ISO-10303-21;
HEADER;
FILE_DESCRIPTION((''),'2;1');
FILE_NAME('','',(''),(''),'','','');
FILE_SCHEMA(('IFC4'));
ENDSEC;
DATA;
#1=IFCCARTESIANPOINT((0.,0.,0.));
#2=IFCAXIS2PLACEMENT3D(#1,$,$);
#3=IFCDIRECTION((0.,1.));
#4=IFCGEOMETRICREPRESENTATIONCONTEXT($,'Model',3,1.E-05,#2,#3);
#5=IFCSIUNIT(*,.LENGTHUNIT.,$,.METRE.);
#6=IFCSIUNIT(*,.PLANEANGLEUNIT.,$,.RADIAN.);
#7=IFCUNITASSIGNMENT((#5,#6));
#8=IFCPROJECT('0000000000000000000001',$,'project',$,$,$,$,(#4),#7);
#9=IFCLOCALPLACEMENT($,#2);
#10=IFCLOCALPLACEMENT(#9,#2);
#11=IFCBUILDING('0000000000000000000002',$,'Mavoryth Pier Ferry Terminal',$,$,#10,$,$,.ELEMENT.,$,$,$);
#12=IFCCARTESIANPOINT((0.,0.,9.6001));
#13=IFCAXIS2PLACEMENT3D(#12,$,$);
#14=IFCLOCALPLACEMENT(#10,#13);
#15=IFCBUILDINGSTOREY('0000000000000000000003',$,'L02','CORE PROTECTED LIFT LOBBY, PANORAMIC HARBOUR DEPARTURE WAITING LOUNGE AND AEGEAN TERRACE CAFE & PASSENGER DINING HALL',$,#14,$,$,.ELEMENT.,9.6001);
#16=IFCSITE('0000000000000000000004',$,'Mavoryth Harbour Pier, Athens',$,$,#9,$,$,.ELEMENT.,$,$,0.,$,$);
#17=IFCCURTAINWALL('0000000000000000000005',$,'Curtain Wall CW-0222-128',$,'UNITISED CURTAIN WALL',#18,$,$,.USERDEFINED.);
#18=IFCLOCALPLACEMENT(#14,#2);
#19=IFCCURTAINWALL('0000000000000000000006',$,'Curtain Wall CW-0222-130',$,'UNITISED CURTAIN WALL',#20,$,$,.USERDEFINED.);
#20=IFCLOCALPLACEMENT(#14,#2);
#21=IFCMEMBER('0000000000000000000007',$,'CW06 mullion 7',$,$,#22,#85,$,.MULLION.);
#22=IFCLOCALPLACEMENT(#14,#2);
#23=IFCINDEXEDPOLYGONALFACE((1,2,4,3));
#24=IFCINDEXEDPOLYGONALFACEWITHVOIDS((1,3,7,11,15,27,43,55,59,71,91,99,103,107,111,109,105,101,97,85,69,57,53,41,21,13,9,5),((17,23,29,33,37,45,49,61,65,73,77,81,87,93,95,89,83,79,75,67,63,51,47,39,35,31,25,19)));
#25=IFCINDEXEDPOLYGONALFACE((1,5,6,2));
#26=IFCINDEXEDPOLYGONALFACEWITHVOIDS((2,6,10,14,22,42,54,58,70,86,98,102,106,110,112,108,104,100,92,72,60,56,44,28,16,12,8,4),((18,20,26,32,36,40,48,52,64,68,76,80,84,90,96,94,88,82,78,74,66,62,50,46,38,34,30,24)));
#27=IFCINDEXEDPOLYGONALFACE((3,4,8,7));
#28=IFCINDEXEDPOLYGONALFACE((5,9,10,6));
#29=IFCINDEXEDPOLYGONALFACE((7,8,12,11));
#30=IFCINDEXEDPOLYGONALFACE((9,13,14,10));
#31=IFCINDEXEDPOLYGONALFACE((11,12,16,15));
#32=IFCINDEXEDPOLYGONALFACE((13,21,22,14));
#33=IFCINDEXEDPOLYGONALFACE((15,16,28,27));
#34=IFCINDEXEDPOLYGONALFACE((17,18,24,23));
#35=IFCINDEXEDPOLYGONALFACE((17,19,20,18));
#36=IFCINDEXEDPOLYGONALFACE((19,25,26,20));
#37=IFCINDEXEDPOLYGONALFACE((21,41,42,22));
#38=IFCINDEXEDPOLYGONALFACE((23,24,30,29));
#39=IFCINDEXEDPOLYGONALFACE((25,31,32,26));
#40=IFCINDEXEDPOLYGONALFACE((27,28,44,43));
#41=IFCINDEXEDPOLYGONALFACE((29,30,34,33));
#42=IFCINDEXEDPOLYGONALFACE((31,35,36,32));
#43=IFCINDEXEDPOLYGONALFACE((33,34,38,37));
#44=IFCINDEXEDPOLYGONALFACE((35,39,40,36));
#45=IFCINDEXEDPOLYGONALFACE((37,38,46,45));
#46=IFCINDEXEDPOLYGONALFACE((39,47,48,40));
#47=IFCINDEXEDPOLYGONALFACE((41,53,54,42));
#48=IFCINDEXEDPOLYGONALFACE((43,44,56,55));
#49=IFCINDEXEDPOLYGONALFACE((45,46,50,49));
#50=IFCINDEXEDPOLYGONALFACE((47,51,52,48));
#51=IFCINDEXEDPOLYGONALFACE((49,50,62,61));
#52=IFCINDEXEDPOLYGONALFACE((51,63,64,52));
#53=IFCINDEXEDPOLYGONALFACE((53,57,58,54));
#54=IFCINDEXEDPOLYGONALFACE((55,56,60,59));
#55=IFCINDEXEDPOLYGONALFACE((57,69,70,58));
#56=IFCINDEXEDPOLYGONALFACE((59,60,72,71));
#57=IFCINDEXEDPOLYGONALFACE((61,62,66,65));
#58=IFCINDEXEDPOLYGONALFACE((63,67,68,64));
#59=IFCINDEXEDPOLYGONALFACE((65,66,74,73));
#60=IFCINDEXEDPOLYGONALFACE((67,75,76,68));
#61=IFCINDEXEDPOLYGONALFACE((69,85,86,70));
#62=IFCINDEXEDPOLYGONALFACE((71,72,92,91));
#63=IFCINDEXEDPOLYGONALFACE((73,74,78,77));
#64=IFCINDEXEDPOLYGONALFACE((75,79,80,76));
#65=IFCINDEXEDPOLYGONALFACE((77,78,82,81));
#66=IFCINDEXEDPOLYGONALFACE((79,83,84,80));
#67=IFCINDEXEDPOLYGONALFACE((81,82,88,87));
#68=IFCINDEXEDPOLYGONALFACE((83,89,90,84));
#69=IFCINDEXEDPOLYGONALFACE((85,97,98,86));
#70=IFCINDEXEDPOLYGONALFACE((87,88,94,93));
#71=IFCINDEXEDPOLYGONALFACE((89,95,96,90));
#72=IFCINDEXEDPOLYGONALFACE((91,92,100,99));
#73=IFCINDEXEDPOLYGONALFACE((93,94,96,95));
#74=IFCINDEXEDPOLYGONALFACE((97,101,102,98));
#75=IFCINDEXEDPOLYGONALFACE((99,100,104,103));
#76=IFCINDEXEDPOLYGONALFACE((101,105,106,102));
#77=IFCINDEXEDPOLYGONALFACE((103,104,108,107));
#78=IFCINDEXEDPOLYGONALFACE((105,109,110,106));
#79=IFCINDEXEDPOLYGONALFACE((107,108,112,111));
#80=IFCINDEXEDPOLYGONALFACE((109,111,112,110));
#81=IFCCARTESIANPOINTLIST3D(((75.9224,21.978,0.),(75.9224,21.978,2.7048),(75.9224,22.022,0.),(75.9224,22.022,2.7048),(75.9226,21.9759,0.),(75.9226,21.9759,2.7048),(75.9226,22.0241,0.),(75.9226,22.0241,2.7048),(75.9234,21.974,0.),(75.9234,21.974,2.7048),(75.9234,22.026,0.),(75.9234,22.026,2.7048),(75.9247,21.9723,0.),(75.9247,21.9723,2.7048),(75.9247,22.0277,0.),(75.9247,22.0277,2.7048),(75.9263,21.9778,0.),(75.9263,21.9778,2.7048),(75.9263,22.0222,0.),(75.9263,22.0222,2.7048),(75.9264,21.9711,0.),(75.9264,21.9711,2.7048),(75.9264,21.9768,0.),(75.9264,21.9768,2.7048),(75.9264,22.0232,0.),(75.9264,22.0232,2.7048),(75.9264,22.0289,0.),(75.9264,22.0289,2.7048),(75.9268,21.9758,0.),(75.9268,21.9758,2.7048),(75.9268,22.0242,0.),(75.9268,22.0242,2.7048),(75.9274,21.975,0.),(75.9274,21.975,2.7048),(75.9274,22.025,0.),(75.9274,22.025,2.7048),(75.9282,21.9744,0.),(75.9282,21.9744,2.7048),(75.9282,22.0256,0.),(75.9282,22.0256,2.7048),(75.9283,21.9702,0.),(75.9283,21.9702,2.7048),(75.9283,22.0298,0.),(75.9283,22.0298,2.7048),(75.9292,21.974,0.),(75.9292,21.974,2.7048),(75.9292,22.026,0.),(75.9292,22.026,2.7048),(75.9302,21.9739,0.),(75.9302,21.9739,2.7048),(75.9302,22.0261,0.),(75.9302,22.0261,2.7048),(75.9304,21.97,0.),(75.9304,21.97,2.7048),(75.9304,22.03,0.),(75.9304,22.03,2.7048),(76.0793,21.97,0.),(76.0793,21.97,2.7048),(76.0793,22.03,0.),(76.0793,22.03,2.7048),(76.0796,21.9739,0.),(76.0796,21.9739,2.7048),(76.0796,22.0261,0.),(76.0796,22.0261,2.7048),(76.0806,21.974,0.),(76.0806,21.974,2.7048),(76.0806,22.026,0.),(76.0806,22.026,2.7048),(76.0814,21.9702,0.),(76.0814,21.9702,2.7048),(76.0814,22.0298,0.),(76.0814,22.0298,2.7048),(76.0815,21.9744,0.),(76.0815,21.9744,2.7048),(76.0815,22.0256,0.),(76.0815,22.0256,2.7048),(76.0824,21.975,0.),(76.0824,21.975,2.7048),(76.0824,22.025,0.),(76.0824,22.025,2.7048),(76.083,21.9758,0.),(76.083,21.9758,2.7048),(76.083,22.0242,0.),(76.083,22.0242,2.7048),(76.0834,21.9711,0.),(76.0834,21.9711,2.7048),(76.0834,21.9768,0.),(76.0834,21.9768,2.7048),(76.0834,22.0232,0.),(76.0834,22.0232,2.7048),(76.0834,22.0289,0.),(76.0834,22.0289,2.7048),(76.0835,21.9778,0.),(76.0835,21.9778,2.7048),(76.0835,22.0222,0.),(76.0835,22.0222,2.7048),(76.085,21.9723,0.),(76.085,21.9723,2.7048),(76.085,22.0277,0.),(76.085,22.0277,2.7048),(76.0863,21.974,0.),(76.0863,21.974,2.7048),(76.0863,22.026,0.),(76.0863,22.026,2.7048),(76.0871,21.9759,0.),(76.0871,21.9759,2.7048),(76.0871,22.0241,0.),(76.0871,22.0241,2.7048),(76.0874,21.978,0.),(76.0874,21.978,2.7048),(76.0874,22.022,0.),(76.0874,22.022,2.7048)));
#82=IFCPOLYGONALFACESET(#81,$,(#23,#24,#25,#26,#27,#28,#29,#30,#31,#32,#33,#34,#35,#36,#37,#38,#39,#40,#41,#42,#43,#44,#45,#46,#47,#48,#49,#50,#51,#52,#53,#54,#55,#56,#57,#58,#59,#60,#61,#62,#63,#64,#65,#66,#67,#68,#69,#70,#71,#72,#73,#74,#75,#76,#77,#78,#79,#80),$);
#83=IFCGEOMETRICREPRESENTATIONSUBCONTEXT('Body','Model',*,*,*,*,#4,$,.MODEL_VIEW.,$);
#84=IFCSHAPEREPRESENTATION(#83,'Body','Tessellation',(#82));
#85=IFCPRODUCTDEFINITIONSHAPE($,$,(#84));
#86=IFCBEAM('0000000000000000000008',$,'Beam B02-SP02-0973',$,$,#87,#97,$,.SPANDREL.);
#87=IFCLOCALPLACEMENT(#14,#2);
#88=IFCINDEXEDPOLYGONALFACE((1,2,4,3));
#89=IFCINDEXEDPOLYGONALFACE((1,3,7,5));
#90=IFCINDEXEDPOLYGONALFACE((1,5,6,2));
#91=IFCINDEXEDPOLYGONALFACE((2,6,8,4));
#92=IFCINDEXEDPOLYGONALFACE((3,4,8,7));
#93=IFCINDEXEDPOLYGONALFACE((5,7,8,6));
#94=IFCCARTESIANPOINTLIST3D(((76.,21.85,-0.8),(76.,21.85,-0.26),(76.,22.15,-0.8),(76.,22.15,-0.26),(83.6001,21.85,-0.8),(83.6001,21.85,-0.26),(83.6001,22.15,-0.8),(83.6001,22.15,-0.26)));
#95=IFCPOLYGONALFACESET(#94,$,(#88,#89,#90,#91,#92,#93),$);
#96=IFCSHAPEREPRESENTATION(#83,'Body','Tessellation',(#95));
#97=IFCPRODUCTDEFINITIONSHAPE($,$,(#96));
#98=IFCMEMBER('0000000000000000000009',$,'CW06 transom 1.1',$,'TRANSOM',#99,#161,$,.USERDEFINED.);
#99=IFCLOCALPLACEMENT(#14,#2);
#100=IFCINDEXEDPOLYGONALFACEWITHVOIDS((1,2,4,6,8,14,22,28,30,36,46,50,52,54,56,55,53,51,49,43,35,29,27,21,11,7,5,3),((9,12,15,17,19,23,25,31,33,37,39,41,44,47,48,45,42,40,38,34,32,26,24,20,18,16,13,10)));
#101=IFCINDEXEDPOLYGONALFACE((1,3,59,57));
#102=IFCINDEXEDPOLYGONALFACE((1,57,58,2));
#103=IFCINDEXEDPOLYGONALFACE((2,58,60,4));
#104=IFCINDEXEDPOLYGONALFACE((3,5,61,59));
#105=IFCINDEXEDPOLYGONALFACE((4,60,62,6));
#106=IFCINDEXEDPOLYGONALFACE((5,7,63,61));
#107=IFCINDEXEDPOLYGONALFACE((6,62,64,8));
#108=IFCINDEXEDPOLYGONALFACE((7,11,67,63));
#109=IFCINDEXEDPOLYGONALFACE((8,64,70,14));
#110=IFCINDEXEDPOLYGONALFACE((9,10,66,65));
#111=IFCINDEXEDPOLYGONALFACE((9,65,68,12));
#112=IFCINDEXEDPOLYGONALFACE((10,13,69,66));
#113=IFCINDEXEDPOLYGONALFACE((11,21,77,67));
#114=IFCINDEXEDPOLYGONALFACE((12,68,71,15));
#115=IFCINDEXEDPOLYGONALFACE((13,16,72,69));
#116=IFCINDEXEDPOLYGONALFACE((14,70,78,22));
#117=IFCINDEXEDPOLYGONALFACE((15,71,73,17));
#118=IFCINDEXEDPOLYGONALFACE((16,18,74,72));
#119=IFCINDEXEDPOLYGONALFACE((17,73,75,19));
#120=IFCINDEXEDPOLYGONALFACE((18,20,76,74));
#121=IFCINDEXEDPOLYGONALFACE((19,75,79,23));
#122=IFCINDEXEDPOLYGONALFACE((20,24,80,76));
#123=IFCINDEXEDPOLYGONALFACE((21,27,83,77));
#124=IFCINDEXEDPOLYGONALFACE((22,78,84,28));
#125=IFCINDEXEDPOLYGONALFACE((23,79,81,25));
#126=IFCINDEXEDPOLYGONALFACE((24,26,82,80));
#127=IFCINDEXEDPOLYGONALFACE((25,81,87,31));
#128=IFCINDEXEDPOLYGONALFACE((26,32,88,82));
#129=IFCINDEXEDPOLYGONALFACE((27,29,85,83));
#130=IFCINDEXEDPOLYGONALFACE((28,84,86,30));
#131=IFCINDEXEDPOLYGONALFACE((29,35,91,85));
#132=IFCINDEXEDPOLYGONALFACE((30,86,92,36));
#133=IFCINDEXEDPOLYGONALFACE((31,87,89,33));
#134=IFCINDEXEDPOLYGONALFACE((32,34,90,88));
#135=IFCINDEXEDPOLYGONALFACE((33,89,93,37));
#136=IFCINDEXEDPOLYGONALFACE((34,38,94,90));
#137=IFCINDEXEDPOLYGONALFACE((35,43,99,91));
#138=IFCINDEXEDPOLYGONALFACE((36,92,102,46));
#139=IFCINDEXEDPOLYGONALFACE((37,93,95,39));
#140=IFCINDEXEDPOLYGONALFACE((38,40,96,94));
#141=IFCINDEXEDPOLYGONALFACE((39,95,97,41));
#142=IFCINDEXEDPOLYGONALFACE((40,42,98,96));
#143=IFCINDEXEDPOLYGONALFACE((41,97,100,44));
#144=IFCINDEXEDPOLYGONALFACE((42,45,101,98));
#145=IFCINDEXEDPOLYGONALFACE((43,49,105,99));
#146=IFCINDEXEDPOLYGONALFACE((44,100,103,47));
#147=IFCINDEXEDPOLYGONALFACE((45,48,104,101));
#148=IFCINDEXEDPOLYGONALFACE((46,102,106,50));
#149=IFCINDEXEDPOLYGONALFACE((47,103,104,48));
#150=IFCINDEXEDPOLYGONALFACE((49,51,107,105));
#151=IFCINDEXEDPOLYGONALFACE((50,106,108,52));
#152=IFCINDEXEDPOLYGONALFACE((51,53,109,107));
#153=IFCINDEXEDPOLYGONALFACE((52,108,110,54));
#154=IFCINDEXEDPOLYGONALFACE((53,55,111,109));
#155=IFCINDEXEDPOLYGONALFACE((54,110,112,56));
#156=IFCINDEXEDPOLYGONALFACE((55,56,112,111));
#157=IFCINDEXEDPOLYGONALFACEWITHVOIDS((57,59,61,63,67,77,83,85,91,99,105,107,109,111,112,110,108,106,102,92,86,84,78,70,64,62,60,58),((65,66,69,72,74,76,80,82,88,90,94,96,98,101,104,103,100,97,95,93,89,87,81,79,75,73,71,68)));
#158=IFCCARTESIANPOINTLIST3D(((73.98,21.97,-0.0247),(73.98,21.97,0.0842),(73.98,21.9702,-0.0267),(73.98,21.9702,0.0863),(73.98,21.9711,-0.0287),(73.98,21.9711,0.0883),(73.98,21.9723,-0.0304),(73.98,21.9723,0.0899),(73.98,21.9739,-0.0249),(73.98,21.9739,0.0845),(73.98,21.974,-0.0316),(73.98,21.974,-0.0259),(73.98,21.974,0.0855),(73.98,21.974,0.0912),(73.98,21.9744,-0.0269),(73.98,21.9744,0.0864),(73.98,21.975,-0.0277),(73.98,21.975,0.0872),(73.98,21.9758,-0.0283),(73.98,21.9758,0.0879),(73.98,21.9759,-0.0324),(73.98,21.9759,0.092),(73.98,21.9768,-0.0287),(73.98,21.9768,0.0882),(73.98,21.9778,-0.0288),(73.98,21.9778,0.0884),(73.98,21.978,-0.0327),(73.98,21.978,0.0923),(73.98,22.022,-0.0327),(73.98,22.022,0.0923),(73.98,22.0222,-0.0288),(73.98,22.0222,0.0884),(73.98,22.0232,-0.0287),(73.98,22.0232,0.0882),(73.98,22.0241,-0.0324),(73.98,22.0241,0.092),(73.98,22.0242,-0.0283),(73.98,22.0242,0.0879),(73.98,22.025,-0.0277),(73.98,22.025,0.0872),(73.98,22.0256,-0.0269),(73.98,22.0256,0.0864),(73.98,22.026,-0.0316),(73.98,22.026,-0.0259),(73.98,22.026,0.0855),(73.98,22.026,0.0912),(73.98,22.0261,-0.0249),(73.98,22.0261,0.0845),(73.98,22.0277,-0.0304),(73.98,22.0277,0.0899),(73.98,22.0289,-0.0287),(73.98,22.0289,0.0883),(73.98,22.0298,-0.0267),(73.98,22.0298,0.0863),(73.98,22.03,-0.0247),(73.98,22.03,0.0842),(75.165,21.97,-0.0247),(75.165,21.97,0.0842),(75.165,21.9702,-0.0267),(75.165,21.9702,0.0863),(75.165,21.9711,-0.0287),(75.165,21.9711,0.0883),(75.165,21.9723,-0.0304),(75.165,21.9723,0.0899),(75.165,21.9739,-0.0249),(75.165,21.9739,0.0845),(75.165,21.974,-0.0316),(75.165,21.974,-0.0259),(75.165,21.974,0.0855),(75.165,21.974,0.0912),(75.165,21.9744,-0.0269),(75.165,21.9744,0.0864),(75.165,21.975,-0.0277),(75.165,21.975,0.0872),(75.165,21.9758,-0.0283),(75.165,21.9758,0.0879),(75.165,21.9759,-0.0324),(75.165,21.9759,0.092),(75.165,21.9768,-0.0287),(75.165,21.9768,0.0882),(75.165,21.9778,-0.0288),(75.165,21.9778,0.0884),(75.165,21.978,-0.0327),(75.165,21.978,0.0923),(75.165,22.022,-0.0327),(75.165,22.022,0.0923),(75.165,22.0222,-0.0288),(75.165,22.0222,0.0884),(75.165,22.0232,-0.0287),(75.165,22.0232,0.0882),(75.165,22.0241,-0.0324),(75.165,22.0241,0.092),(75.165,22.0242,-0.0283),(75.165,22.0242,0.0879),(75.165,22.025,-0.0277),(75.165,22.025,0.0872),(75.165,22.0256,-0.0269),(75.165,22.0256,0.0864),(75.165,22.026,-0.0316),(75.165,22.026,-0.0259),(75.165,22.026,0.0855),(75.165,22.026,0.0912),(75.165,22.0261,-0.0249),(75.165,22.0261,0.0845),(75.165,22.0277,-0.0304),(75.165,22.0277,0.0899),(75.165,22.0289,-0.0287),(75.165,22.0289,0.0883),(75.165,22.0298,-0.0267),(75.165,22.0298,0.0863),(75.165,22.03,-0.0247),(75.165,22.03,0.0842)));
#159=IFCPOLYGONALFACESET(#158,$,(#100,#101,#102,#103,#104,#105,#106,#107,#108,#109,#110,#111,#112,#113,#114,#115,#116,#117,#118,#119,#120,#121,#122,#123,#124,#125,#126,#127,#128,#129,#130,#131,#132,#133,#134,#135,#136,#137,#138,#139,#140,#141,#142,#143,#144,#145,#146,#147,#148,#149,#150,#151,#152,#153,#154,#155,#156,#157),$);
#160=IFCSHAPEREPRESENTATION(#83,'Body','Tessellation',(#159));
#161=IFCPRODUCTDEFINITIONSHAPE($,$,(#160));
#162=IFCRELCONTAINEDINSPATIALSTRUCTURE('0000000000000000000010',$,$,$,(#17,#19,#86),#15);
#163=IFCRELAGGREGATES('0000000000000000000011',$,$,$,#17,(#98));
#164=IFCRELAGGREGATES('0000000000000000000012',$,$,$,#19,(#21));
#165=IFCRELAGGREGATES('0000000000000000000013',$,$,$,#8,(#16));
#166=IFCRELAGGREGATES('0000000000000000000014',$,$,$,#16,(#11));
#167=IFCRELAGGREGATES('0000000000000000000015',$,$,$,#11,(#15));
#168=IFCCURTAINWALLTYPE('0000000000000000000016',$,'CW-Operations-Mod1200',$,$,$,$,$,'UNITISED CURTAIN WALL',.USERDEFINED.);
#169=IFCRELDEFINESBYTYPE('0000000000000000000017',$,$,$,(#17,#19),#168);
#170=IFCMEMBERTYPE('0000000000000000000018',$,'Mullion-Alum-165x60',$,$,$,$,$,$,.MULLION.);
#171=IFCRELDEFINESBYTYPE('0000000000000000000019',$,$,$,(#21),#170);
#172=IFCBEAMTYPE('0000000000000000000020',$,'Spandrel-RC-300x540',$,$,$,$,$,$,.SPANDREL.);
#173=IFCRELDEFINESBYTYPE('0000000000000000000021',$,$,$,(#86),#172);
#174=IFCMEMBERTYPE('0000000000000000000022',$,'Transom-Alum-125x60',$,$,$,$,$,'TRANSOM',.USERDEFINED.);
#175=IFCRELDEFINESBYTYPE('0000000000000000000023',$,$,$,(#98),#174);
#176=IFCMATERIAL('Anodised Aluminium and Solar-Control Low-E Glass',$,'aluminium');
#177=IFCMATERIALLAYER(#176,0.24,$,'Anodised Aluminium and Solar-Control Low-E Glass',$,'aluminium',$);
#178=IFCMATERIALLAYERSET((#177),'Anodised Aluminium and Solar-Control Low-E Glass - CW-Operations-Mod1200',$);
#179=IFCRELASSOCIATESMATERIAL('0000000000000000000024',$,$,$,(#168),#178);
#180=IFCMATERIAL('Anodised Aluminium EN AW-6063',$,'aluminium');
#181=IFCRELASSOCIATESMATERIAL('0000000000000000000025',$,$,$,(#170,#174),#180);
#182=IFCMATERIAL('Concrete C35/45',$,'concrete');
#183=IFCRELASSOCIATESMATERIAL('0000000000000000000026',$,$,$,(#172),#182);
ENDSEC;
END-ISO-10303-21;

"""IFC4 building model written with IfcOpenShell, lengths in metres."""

from ifc_helpers import new_model, si_unit, direction, frame, origin, origin_2d, place, context, subcontext, project, spatial, rectangle, hollow_rectangle, extrude, material, layer, layer_set, material_profile, profile_set, type_object, element, aggregate, save


model = new_model("IFC4")

# Units and contexts
model_context = context("Model", 3, precision=1e-05, world=origin(), true_north=direction((0.0, 1.0)))
body_context = subcontext(model_context, "Body", "Model", "MODEL_VIEW")
ifc_project = project(units=[si_unit("LENGTHUNIT", "METRE"), si_unit("PLANEANGLEUNIT", "RADIAN")], contexts=[model_context])

# Site, building, storey
site_placement = place(None, origin())
site = spatial("IfcSite", under=ifc_project, at=site_placement, Name="Mavoryth Harbour Pier, Athens", CompositionType="ELEMENT", RefElevation=0.0)
building_placement = place(site_placement, origin())
building = spatial("IfcBuilding", under=site, at=building_placement, Name="Mavoryth Pier Ferry Terminal", CompositionType="ELEMENT")
storey_placement = place(building_placement, frame((0.0, 0.0, 9.6001)))
storey = spatial("IfcBuildingStorey", under=building, at=storey_placement, Name="L02", Description="CORE PROTECTED LIFT LOBBY, PANORAMIC HARBOUR DEPARTURE WAITING LOUNGE AND AEGEAN TERRACE CAFE & PASSENGER DINING HALL", CompositionType="ELEMENT", Elevation=9.6001)

# Curtain walls, member
ifc_material_1 = material(Name="Anodised Aluminium and Solar-Control Low-E Glass", Category="aluminium")
ifc_layer_1 = layer(ifc_material_1, 0.24, Name="Anodised Aluminium and Solar-Control Low-E Glass", Category="aluminium")
ifc_layer_set_1 = layer_set([ifc_layer_1], Name="Anodised Aluminium and Solar-Control Low-E Glass - CW-Operations-Mod1200")
curtain_wall_type = type_object("IfcCurtainWallType", Name="CW-Operations-Mod1200", ElementType="UNITISED CURTAIN WALL", PredefinedType="USERDEFINED", material=ifc_layer_set_1)
curtain_wall_1_placement = place(storey_placement, origin())
curtain_wall_1 = element("IfcCurtainWall", 1, at=curtain_wall_1_placement, inside=storey, type_object=curtain_wall_type, Name="Curtain Wall CW-0222-128", ObjectType="UNITISED CURTAIN WALL", PredefinedType="USERDEFINED")
ifc_material_2 = material(Name="Anodised Aluminium EN AW-6063", Category="aluminium")
ifc_material_profile_1 = material_profile(ifc_material_2, hollow_rectangle(XDim=0.0601, YDim=0.165, WallThickness=0.0039, InnerFilletRadius=0.0039, OuterFilletRadius=0.0081, at=origin_2d()), Name="AL-MULL 165x60x4", Category="aluminium")
ifc_profile_set_1 = profile_set([ifc_material_profile_1], Name="Anodised Aluminium EN AW-6063 - AL-MULL 165x60x4")
member_type_1 = type_object("IfcMemberType", Name="Mullion-Alum-165x60", PredefinedType="MULLION", material=ifc_profile_set_1)
curtain_wall_2_placement = place(storey_placement, origin())
curtain_wall_2 = element("IfcCurtainWall", 2, at=curtain_wall_2_placement, inside=storey, type_object=curtain_wall_type, Name="Curtain Wall CW-0222-130", ObjectType="UNITISED CURTAIN WALL", PredefinedType="USERDEFINED")
member_1_placement = place(storey_placement, frame((76.0049, 22.0, 0.0), z_axis=(0.0, 0.0, 1.0), x_axis=(0.0, -1.0, 0.0)))
member_1 = element("IfcMember", 3, at=member_1_placement, type_object=member_type_1, Name="CW06 mullion 7", PredefinedType="MULLION", context=body_context, shape_type="SweptSolid", body=[
    extrude(hollow_rectangle(XDim=0.0601, YDim=0.165, WallThickness=0.0039, InnerFilletRadius=0.0039, OuterFilletRadius=0.0081, at=origin_2d()), origin(), (0.0, 0.0, 1.0), 2.7048),
])

# Beam
ifc_material_3 = material(Name="Concrete C35/45", Category="concrete")
ifc_material_profile_2 = material_profile(ifc_material_3, rectangle(XDim=0.3, YDim=0.54, at=origin_2d()), Name="RC 300x540", Category="concrete")
ifc_profile_set_2 = profile_set([ifc_material_profile_2], Name="Concrete C35/45 - RC 300x540")
beam_type = type_object("IfcBeamType", Name="Spandrel-RC-300x540", PredefinedType="SPANDREL", material=ifc_profile_set_2)
beam_placement = place(storey_placement, frame((76.0, 22.0, -0.53), z_axis=(1.0, 0.0, 0.0), x_axis=(0.0, 1.0, 0.0)))
element("IfcBeam", 4, at=beam_placement, inside=storey, type_object=beam_type, Name="Beam B02-SP02-0973", PredefinedType="SPANDREL", context=body_context, shape_type="SweptSolid", body=[
    extrude(rectangle(XDim=0.3, YDim=0.54, at=origin_2d()), origin(), (0.0, 0.0, 1.0), 7.6001),
])

# Member
ifc_material_profile_3 = material_profile(ifc_material_2, hollow_rectangle(XDim=0.0601, YDim=0.125, WallThickness=0.0039, InnerFilletRadius=0.0039, OuterFilletRadius=0.0081, at=origin_2d()), Name="AL-TRAN 125x60x4", Category="aluminium")
ifc_profile_set_3 = profile_set([ifc_material_profile_3], Name="Anodised Aluminium EN AW-6063 - AL-TRAN 125x60x4")
member_type_2 = type_object("IfcMemberType", Name="Transom-Alum-125x60", ElementType="TRANSOM", PredefinedType="USERDEFINED", material=ifc_profile_set_3)
member_2_placement = place(storey_placement, frame((75.165, 22.0, 0.0298), z_axis=(-1.0, 0.0, 0.0), x_axis=(0.0, -1.0, 0.0)))
member_2 = element("IfcMember", 5, at=member_2_placement, type_object=member_type_2, Name="CW06 transom 1.1", ObjectType="TRANSOM", PredefinedType="USERDEFINED", context=body_context, shape_type="SweptSolid", body=[
    extrude(hollow_rectangle(XDim=0.0601, YDim=0.125, WallThickness=0.0039, InnerFilletRadius=0.0039, OuterFilletRadius=0.0081, at=origin_2d()), origin(), (0.0, 0.0, 1.0), 1.1851),
])

aggregate(curtain_wall_1, [member_2])
aggregate(curtain_wall_2, [member_1])

save(model, "model.ifc")
